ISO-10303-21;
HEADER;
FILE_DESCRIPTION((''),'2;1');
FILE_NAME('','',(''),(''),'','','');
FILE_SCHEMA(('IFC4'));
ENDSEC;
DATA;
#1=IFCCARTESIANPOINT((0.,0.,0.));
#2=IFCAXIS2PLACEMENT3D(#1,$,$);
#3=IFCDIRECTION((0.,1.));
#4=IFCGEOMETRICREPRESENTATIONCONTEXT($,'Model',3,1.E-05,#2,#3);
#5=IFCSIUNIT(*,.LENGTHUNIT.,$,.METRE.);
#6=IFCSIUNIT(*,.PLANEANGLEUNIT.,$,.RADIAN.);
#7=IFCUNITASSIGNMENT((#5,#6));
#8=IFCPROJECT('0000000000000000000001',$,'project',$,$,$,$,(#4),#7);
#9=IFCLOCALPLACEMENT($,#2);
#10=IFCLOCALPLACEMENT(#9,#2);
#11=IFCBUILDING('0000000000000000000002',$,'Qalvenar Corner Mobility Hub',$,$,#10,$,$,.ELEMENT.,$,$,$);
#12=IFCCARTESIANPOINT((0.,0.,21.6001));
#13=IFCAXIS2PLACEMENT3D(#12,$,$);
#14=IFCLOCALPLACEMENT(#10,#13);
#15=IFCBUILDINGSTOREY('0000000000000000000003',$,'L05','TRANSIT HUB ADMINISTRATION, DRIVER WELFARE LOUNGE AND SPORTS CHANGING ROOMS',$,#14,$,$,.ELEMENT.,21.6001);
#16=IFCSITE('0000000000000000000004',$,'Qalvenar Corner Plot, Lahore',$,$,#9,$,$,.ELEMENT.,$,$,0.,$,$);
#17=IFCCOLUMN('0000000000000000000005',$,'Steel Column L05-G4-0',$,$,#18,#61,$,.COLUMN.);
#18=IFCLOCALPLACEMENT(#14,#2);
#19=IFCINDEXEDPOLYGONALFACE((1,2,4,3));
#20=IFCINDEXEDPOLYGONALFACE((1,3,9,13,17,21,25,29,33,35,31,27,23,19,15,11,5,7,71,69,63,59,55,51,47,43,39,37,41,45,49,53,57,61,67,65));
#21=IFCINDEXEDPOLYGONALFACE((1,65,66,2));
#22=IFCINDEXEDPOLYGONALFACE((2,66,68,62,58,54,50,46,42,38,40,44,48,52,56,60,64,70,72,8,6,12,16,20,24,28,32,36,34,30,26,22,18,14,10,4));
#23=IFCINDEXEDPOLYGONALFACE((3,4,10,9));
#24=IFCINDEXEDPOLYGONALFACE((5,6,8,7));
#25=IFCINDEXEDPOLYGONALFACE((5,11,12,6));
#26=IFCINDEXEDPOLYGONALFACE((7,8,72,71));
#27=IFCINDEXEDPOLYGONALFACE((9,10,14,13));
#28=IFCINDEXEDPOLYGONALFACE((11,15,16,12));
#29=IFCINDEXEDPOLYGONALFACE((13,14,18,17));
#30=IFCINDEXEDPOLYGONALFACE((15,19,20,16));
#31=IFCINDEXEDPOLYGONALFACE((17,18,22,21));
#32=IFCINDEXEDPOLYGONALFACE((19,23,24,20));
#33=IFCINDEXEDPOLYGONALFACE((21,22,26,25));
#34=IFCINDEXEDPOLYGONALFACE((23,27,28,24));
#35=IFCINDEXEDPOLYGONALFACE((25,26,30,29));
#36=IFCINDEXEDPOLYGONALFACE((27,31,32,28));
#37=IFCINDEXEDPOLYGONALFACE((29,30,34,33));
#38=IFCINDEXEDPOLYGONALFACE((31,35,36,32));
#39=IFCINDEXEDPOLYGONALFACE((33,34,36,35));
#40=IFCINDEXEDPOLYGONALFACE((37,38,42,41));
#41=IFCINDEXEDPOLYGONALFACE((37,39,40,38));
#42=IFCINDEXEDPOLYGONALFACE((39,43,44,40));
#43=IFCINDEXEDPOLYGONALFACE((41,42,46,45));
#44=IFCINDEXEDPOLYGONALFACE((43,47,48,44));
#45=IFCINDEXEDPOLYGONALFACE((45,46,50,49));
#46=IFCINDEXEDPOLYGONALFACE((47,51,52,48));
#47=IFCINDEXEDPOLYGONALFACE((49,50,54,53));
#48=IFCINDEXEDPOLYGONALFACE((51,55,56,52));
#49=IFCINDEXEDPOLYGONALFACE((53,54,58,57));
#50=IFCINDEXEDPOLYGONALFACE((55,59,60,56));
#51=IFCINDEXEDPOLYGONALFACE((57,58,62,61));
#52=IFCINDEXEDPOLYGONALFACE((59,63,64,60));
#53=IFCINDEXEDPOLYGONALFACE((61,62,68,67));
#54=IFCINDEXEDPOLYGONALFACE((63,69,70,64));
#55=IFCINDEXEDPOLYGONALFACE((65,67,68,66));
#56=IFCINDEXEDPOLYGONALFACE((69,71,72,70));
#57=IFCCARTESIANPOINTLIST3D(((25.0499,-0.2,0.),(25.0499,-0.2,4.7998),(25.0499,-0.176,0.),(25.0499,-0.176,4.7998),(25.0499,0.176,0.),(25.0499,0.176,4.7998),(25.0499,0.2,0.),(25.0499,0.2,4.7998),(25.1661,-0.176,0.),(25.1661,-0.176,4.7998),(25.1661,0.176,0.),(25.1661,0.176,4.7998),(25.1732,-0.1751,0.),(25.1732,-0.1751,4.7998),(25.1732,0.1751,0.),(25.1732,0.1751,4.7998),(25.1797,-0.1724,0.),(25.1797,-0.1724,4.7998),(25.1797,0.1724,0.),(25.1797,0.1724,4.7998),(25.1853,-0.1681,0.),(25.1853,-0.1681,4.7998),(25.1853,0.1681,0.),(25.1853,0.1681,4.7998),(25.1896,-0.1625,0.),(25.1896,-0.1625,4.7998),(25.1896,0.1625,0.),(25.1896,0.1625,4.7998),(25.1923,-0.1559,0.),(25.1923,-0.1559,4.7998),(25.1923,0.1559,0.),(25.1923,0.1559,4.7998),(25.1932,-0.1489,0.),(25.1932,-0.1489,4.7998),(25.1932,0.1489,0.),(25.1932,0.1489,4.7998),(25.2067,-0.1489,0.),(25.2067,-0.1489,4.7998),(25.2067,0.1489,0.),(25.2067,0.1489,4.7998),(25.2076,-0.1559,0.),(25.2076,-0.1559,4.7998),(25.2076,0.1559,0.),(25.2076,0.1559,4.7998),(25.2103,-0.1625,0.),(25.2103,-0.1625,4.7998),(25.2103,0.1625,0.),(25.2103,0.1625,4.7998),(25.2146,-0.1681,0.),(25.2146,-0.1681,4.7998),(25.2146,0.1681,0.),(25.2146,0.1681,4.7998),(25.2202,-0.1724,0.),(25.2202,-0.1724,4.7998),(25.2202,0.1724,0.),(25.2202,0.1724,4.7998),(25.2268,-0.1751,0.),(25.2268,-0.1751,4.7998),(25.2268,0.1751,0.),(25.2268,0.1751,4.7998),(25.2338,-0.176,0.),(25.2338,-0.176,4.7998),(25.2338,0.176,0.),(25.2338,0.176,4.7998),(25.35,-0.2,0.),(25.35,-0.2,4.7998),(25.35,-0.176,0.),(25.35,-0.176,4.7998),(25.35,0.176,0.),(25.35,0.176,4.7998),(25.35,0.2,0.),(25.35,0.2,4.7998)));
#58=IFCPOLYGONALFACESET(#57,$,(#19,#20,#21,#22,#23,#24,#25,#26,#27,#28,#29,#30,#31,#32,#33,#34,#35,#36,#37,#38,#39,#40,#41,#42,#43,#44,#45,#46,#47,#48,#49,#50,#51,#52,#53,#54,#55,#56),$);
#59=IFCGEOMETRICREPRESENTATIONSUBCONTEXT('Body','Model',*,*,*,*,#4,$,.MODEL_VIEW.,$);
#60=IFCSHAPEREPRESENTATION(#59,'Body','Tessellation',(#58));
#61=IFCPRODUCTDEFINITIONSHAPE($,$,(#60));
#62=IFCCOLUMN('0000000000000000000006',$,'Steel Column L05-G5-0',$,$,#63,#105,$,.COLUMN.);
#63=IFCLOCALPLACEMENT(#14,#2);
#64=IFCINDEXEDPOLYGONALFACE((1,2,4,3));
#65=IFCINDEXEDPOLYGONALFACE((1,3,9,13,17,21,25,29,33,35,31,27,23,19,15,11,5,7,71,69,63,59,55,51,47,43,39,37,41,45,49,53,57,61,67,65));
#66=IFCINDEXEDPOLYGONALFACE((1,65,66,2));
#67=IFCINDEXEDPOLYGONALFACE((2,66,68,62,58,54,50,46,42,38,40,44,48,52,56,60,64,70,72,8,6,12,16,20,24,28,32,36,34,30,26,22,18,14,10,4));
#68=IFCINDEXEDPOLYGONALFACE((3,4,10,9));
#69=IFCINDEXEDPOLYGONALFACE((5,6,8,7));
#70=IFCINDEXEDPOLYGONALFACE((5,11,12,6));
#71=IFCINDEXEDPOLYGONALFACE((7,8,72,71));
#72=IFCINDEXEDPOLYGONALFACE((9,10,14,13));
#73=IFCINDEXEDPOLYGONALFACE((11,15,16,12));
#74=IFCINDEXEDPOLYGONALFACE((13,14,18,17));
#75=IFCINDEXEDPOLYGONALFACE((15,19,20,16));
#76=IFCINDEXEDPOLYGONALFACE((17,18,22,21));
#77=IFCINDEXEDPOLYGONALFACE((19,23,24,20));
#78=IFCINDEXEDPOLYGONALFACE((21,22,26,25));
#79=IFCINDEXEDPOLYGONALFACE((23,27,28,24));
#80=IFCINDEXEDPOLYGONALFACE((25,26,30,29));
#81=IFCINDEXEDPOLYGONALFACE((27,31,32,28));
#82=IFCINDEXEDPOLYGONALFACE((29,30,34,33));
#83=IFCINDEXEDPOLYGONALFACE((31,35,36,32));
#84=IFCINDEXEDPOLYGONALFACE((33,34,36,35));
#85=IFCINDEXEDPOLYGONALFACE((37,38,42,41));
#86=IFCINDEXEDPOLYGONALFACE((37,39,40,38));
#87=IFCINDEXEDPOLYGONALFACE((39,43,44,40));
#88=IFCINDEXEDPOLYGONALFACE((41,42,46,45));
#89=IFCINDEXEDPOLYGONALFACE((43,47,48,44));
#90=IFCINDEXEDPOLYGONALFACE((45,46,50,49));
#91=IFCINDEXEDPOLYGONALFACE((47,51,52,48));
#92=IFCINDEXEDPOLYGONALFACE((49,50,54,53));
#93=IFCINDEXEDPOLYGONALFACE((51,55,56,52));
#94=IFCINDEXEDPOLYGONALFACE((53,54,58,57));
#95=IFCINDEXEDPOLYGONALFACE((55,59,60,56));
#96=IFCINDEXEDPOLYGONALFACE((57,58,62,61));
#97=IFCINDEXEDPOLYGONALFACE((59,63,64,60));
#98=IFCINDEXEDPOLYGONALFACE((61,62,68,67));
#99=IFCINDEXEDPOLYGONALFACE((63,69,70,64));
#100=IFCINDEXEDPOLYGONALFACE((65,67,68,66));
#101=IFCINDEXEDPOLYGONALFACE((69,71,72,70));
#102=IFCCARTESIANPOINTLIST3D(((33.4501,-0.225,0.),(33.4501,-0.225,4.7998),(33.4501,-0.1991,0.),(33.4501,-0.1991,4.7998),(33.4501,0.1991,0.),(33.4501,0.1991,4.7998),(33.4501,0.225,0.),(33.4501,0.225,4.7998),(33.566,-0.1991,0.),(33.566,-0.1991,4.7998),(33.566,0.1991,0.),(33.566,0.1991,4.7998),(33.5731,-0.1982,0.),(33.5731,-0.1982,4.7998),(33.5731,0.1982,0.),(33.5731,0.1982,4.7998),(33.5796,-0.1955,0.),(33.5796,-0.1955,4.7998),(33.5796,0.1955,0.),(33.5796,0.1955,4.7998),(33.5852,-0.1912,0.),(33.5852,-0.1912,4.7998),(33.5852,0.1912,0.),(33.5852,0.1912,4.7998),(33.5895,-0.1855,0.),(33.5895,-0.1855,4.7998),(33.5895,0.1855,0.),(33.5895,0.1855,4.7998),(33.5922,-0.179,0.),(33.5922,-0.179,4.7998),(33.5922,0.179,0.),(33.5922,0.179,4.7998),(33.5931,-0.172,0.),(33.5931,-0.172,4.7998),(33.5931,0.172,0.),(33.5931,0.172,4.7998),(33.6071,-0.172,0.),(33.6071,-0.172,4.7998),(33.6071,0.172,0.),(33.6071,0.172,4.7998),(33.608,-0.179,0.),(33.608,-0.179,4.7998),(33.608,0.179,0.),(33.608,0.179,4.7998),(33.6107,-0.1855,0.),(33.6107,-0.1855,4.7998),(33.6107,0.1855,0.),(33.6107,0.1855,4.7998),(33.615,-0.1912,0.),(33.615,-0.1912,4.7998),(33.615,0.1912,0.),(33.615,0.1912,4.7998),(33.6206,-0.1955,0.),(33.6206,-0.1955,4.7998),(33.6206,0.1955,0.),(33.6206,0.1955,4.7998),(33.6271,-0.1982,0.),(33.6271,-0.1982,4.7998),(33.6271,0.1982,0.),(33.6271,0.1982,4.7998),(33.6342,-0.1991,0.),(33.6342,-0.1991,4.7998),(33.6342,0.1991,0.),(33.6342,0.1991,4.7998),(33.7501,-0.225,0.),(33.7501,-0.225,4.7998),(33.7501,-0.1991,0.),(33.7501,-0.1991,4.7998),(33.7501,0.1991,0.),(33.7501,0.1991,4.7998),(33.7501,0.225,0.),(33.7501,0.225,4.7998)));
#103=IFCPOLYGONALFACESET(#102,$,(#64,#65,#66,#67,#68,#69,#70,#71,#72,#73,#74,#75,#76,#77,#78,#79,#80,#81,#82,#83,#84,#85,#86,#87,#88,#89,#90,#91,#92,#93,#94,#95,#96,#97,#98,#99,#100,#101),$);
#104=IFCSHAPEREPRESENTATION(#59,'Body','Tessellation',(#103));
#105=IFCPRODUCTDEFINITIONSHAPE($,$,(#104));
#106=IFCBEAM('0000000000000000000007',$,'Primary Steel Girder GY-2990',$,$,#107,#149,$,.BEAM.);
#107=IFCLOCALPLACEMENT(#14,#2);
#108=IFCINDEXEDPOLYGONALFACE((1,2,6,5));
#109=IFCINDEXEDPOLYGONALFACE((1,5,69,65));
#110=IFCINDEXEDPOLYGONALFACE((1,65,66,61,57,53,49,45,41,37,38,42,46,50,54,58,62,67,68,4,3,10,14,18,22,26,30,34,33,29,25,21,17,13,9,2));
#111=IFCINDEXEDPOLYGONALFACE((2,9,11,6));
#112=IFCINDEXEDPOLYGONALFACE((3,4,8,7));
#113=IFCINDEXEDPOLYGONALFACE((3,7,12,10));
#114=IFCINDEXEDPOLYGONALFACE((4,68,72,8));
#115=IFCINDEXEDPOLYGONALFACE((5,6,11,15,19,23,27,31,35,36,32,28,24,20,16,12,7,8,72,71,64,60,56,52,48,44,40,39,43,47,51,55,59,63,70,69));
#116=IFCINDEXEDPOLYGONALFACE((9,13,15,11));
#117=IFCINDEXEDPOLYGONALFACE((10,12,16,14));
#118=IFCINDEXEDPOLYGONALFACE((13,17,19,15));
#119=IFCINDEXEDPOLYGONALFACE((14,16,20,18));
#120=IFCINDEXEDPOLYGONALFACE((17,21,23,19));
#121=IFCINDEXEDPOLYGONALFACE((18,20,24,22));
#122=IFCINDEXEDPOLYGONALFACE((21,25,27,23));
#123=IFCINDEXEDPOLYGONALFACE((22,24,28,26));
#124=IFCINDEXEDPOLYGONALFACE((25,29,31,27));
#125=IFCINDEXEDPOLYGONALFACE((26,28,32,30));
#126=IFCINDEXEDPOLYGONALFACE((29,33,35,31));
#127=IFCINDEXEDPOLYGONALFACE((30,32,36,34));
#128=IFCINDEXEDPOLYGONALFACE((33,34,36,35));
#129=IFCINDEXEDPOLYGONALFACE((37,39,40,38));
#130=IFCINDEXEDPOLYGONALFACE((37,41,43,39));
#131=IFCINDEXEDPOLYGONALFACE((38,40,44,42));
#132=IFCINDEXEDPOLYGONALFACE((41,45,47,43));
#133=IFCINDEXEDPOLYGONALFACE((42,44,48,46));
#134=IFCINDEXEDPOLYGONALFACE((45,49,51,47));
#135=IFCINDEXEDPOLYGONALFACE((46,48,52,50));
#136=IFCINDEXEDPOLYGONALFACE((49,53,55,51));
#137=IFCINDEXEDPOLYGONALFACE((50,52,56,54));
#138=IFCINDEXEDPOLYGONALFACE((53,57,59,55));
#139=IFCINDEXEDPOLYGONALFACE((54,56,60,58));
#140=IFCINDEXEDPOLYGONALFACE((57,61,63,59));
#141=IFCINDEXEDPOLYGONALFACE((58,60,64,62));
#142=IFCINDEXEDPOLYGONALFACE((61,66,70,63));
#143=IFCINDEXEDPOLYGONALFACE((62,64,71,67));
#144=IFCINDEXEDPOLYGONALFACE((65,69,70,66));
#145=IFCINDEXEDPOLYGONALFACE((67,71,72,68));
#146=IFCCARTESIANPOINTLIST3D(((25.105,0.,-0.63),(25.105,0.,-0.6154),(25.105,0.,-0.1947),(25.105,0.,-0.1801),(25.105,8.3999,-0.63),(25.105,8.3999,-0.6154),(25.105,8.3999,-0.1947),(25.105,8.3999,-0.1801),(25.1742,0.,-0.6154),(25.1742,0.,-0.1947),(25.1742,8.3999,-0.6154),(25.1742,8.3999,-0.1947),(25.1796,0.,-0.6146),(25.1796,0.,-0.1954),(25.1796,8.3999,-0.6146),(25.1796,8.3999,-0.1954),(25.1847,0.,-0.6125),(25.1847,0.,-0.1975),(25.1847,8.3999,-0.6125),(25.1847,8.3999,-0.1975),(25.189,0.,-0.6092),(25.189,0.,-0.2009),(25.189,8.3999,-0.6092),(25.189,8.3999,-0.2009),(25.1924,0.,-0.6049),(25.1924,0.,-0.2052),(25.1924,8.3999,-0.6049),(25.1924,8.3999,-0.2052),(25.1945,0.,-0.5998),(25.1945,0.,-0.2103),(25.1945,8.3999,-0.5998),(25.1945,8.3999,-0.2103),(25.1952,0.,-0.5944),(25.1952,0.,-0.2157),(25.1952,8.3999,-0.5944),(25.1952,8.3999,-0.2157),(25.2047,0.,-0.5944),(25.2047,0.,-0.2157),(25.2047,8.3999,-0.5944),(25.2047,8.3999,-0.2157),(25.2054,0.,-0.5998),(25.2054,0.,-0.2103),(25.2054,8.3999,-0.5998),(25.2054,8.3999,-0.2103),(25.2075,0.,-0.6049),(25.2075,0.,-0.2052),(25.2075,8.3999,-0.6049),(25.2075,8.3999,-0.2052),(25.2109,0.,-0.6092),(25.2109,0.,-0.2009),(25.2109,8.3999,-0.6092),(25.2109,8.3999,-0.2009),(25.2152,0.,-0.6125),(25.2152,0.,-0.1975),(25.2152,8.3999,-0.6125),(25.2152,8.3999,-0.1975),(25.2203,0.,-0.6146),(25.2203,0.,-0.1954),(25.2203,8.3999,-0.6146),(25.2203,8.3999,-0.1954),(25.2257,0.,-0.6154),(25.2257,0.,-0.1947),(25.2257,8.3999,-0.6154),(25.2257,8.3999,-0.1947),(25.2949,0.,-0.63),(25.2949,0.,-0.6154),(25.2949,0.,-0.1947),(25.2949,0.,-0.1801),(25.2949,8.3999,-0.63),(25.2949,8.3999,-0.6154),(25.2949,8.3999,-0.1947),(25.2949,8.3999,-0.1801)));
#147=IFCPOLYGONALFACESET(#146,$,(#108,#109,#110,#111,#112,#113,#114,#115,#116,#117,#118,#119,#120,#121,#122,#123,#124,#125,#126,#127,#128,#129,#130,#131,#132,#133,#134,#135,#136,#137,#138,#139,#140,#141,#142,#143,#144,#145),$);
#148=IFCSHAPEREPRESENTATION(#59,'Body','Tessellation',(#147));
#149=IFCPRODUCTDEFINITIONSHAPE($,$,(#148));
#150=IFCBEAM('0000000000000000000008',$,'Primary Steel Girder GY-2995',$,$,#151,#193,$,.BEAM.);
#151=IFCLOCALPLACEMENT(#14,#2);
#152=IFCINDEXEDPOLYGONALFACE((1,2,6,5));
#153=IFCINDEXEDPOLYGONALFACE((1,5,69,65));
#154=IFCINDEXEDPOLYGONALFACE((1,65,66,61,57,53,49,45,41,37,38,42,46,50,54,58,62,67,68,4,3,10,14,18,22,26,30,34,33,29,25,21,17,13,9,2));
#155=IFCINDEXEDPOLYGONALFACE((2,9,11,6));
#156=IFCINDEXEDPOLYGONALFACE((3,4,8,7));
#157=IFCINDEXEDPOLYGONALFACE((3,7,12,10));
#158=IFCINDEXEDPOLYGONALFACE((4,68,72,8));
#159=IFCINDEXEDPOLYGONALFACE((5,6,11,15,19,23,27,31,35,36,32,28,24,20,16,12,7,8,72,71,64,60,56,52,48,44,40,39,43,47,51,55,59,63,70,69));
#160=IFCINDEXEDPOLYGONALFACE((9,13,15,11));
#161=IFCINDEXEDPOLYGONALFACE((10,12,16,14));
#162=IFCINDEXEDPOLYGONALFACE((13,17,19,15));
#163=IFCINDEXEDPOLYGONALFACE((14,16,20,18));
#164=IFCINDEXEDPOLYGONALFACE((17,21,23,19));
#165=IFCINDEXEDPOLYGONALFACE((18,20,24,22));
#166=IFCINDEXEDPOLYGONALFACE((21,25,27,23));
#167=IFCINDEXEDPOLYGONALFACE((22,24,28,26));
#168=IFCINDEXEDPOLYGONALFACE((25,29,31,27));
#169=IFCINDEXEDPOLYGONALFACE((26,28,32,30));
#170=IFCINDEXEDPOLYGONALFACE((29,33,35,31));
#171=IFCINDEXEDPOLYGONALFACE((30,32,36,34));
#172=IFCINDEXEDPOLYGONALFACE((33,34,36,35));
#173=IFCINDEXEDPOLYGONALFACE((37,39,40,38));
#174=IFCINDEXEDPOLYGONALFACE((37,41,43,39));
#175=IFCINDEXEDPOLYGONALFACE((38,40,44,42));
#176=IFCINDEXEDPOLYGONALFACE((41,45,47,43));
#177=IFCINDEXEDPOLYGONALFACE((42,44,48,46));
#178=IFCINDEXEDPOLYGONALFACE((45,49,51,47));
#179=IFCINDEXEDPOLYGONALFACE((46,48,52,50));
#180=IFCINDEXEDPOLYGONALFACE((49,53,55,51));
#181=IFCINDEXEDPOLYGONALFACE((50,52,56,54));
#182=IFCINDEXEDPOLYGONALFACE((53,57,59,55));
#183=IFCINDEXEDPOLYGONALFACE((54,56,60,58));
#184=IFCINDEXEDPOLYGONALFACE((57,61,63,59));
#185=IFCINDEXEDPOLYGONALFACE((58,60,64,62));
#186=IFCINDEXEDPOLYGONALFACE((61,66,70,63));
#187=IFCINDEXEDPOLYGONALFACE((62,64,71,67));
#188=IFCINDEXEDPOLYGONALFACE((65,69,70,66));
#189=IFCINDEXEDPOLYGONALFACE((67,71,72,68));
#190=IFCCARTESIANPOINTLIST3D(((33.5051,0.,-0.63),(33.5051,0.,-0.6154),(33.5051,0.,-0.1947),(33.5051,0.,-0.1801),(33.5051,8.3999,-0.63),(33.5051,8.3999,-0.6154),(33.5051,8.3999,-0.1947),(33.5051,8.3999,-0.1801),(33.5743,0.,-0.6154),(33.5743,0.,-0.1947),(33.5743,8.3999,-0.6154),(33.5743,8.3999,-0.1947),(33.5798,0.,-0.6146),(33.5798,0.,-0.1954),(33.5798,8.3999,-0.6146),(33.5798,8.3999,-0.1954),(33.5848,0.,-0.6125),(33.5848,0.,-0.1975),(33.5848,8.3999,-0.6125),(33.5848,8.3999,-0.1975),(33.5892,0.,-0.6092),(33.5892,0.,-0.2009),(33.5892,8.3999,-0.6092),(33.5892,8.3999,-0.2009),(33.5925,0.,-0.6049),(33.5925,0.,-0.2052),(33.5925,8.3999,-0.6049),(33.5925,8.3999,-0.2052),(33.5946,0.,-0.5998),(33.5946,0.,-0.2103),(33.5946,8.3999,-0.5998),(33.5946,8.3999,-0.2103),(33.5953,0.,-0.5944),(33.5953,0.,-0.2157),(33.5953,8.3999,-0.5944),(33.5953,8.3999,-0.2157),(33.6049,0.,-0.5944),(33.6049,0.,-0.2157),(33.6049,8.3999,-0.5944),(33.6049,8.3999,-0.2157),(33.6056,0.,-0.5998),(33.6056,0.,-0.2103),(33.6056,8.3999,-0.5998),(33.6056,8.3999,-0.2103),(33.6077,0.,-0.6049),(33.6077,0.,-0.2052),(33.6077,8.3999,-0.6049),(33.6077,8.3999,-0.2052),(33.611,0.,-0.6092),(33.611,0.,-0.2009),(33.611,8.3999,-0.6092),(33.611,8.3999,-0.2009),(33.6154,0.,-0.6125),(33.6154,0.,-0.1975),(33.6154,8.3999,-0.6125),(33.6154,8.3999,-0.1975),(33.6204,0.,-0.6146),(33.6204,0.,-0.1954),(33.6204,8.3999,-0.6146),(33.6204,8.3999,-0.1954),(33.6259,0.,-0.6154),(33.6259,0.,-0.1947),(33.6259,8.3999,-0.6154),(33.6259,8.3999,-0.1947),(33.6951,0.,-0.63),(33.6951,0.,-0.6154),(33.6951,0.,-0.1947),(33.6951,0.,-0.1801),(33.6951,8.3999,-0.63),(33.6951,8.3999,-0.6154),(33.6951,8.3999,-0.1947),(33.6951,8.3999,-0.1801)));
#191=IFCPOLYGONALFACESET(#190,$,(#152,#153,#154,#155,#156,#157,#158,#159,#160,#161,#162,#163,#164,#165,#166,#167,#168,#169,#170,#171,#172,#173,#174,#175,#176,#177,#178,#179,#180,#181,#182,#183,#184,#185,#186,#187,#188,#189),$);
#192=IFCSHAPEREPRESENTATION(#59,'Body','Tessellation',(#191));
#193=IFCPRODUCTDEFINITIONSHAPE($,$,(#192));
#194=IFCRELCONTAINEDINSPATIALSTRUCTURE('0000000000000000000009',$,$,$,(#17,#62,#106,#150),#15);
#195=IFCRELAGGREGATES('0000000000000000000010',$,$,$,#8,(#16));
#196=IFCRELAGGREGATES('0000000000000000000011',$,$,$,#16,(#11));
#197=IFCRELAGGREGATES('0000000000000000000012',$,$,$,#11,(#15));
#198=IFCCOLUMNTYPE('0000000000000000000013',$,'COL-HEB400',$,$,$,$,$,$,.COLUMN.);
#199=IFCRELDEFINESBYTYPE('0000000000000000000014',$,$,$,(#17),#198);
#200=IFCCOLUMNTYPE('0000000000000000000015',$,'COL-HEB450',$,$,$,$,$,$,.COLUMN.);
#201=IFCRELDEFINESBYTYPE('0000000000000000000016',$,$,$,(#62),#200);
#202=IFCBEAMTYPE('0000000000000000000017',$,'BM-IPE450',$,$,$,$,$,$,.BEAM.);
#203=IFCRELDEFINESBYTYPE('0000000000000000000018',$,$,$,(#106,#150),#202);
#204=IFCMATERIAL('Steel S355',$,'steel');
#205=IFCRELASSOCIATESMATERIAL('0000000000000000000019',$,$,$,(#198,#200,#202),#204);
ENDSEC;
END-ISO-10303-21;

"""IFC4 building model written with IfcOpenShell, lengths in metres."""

from ifc_helpers import new_model, si_unit, direction, frame, origin, origin_2d, place, context, subcontext, project, spatial, i_section, extrude, material, material_profile, profile_set, type_object, element, save


model = new_model("IFC4")

# Units and contexts
model_context = context("Model", 3, precision=1e-05, world=origin(), true_north=direction((0.0, 1.0)))
body_context = subcontext(model_context, "Body", "Model", "MODEL_VIEW")
ifc_project = project(units=[si_unit("LENGTHUNIT", "METRE"), si_unit("PLANEANGLEUNIT", "RADIAN")], contexts=[model_context])

# Site, building, storey
site_placement = place(None, origin())
site = spatial("IfcSite", under=ifc_project, at=site_placement, Name="Qalvenar Corner Plot, Lahore", CompositionType="ELEMENT", RefElevation=0.0)
building_placement = place(site_placement, origin())
building = spatial("IfcBuilding", under=site, at=building_placement, Name="Qalvenar Corner Mobility Hub", CompositionType="ELEMENT")
storey_placement = place(building_placement, frame((0.0, 0.0, 21.6001)))
storey = spatial("IfcBuildingStorey", under=building, at=storey_placement, Name="L05", Description="TRANSIT HUB ADMINISTRATION, DRIVER WELFARE LOUNGE AND SPORTS CHANGING ROOMS", CompositionType="ELEMENT", Elevation=21.6001)

# Columns
ifc_material_1 = material(Name="Steel S355", Category="steel")
ifc_material_profile_1 = material_profile(ifc_material_1, i_section(OverallWidth=0.3, OverallDepth=0.3999, WebThickness=0.0134, FlangeThickness=0.0239, FilletRadius=0.0271, at=origin_2d()), Name="HEB400")
ifc_profile_set_1 = profile_set([ifc_material_profile_1], Name="Steel S355")
column_type_1 = type_object("IfcColumnType", Name="COL-HEB400", PredefinedType="COLUMN", material=ifc_profile_set_1)
column_1_placement = place(storey_placement, frame((25.2, 0.0, 0.0), z_axis=(0.0, 0.0, 1.0), x_axis=(1.0, 0.0, 0.0)))
element("IfcColumn", 1, at=column_1_placement, inside=storey, type_object=column_type_1, Name="Steel Column L05-G4-0", PredefinedType="COLUMN", context=body_context, shape_type="SweptSolid", body=[
    extrude(i_section(OverallWidth=0.3, OverallDepth=0.3999, WebThickness=0.0134, FlangeThickness=0.0239, FilletRadius=0.0271, at=origin_2d()), origin(), (0.0, 0.0, 1.0), 4.7998),
])
ifc_material_profile_2 = material_profile(ifc_material_1, i_section(OverallWidth=0.3, OverallDepth=0.45, WebThickness=0.0139, FlangeThickness=0.0259, FilletRadius=0.0271, at=origin_2d()), Name="HEB450")
ifc_profile_set_2 = profile_set([ifc_material_profile_2], Name="Steel S355")
column_type_2 = type_object("IfcColumnType", Name="COL-HEB450", PredefinedType="COLUMN", material=ifc_profile_set_2)
column_2_placement = place(storey_placement, frame((33.6001, 0.0, 0.0), z_axis=(0.0, 0.0, 1.0), x_axis=(1.0, 0.0, 0.0)))
element("IfcColumn", 2, at=column_2_placement, inside=storey, type_object=column_type_2, Name="Steel Column L05-G5-0", PredefinedType="COLUMN", context=body_context, shape_type="SweptSolid", body=[
    extrude(i_section(OverallWidth=0.3, OverallDepth=0.45, WebThickness=0.0139, FlangeThickness=0.0259, FilletRadius=0.0271, at=origin_2d()), origin(), (0.0, 0.0, 1.0), 4.7998),
])

# Beams
ifc_material_profile_3 = material_profile(ifc_material_1, i_section(OverallWidth=0.1899, OverallDepth=0.45, WebThickness=0.0095, FlangeThickness=0.0146, FilletRadius=0.021, at=origin_2d()), Name="IPE450")
ifc_profile_set_3 = profile_set([ifc_material_profile_3], Name="Steel S355")
beam_type_1 = type_object("IfcBeamType", Name="BM-IPE450", PredefinedType="BEAM", material=ifc_profile_set_3)
for number, where, z_axis, x_axis, name in (
    (3, (25.2, 0.0, -0.405), (0.0, 1.0, 0.0), (-1.0, 0.0, 0.0), "Primary Steel Girder GY-2990"),
    (4, (33.6001, 0.0, -0.405), (0.0, 1.0, 0.0), (-1.0, 0.0, 0.0), "Primary Steel Girder GY-2995"),
):
    element("IfcBeam", number, at=place(storey_placement, frame(where, z_axis=z_axis, x_axis=x_axis)), inside=storey, type_object=beam_type_1, Name=name, PredefinedType="BEAM", context=body_context, shape_type="SweptSolid", body=[
        extrude(i_section(OverallWidth=0.1899, OverallDepth=0.45, WebThickness=0.0095, FlangeThickness=0.0146, FilletRadius=0.021, at=origin_2d()), origin(), (0.0, 0.0, 1.0), 8.3999),
    ])

save(model, "model.ifc")
